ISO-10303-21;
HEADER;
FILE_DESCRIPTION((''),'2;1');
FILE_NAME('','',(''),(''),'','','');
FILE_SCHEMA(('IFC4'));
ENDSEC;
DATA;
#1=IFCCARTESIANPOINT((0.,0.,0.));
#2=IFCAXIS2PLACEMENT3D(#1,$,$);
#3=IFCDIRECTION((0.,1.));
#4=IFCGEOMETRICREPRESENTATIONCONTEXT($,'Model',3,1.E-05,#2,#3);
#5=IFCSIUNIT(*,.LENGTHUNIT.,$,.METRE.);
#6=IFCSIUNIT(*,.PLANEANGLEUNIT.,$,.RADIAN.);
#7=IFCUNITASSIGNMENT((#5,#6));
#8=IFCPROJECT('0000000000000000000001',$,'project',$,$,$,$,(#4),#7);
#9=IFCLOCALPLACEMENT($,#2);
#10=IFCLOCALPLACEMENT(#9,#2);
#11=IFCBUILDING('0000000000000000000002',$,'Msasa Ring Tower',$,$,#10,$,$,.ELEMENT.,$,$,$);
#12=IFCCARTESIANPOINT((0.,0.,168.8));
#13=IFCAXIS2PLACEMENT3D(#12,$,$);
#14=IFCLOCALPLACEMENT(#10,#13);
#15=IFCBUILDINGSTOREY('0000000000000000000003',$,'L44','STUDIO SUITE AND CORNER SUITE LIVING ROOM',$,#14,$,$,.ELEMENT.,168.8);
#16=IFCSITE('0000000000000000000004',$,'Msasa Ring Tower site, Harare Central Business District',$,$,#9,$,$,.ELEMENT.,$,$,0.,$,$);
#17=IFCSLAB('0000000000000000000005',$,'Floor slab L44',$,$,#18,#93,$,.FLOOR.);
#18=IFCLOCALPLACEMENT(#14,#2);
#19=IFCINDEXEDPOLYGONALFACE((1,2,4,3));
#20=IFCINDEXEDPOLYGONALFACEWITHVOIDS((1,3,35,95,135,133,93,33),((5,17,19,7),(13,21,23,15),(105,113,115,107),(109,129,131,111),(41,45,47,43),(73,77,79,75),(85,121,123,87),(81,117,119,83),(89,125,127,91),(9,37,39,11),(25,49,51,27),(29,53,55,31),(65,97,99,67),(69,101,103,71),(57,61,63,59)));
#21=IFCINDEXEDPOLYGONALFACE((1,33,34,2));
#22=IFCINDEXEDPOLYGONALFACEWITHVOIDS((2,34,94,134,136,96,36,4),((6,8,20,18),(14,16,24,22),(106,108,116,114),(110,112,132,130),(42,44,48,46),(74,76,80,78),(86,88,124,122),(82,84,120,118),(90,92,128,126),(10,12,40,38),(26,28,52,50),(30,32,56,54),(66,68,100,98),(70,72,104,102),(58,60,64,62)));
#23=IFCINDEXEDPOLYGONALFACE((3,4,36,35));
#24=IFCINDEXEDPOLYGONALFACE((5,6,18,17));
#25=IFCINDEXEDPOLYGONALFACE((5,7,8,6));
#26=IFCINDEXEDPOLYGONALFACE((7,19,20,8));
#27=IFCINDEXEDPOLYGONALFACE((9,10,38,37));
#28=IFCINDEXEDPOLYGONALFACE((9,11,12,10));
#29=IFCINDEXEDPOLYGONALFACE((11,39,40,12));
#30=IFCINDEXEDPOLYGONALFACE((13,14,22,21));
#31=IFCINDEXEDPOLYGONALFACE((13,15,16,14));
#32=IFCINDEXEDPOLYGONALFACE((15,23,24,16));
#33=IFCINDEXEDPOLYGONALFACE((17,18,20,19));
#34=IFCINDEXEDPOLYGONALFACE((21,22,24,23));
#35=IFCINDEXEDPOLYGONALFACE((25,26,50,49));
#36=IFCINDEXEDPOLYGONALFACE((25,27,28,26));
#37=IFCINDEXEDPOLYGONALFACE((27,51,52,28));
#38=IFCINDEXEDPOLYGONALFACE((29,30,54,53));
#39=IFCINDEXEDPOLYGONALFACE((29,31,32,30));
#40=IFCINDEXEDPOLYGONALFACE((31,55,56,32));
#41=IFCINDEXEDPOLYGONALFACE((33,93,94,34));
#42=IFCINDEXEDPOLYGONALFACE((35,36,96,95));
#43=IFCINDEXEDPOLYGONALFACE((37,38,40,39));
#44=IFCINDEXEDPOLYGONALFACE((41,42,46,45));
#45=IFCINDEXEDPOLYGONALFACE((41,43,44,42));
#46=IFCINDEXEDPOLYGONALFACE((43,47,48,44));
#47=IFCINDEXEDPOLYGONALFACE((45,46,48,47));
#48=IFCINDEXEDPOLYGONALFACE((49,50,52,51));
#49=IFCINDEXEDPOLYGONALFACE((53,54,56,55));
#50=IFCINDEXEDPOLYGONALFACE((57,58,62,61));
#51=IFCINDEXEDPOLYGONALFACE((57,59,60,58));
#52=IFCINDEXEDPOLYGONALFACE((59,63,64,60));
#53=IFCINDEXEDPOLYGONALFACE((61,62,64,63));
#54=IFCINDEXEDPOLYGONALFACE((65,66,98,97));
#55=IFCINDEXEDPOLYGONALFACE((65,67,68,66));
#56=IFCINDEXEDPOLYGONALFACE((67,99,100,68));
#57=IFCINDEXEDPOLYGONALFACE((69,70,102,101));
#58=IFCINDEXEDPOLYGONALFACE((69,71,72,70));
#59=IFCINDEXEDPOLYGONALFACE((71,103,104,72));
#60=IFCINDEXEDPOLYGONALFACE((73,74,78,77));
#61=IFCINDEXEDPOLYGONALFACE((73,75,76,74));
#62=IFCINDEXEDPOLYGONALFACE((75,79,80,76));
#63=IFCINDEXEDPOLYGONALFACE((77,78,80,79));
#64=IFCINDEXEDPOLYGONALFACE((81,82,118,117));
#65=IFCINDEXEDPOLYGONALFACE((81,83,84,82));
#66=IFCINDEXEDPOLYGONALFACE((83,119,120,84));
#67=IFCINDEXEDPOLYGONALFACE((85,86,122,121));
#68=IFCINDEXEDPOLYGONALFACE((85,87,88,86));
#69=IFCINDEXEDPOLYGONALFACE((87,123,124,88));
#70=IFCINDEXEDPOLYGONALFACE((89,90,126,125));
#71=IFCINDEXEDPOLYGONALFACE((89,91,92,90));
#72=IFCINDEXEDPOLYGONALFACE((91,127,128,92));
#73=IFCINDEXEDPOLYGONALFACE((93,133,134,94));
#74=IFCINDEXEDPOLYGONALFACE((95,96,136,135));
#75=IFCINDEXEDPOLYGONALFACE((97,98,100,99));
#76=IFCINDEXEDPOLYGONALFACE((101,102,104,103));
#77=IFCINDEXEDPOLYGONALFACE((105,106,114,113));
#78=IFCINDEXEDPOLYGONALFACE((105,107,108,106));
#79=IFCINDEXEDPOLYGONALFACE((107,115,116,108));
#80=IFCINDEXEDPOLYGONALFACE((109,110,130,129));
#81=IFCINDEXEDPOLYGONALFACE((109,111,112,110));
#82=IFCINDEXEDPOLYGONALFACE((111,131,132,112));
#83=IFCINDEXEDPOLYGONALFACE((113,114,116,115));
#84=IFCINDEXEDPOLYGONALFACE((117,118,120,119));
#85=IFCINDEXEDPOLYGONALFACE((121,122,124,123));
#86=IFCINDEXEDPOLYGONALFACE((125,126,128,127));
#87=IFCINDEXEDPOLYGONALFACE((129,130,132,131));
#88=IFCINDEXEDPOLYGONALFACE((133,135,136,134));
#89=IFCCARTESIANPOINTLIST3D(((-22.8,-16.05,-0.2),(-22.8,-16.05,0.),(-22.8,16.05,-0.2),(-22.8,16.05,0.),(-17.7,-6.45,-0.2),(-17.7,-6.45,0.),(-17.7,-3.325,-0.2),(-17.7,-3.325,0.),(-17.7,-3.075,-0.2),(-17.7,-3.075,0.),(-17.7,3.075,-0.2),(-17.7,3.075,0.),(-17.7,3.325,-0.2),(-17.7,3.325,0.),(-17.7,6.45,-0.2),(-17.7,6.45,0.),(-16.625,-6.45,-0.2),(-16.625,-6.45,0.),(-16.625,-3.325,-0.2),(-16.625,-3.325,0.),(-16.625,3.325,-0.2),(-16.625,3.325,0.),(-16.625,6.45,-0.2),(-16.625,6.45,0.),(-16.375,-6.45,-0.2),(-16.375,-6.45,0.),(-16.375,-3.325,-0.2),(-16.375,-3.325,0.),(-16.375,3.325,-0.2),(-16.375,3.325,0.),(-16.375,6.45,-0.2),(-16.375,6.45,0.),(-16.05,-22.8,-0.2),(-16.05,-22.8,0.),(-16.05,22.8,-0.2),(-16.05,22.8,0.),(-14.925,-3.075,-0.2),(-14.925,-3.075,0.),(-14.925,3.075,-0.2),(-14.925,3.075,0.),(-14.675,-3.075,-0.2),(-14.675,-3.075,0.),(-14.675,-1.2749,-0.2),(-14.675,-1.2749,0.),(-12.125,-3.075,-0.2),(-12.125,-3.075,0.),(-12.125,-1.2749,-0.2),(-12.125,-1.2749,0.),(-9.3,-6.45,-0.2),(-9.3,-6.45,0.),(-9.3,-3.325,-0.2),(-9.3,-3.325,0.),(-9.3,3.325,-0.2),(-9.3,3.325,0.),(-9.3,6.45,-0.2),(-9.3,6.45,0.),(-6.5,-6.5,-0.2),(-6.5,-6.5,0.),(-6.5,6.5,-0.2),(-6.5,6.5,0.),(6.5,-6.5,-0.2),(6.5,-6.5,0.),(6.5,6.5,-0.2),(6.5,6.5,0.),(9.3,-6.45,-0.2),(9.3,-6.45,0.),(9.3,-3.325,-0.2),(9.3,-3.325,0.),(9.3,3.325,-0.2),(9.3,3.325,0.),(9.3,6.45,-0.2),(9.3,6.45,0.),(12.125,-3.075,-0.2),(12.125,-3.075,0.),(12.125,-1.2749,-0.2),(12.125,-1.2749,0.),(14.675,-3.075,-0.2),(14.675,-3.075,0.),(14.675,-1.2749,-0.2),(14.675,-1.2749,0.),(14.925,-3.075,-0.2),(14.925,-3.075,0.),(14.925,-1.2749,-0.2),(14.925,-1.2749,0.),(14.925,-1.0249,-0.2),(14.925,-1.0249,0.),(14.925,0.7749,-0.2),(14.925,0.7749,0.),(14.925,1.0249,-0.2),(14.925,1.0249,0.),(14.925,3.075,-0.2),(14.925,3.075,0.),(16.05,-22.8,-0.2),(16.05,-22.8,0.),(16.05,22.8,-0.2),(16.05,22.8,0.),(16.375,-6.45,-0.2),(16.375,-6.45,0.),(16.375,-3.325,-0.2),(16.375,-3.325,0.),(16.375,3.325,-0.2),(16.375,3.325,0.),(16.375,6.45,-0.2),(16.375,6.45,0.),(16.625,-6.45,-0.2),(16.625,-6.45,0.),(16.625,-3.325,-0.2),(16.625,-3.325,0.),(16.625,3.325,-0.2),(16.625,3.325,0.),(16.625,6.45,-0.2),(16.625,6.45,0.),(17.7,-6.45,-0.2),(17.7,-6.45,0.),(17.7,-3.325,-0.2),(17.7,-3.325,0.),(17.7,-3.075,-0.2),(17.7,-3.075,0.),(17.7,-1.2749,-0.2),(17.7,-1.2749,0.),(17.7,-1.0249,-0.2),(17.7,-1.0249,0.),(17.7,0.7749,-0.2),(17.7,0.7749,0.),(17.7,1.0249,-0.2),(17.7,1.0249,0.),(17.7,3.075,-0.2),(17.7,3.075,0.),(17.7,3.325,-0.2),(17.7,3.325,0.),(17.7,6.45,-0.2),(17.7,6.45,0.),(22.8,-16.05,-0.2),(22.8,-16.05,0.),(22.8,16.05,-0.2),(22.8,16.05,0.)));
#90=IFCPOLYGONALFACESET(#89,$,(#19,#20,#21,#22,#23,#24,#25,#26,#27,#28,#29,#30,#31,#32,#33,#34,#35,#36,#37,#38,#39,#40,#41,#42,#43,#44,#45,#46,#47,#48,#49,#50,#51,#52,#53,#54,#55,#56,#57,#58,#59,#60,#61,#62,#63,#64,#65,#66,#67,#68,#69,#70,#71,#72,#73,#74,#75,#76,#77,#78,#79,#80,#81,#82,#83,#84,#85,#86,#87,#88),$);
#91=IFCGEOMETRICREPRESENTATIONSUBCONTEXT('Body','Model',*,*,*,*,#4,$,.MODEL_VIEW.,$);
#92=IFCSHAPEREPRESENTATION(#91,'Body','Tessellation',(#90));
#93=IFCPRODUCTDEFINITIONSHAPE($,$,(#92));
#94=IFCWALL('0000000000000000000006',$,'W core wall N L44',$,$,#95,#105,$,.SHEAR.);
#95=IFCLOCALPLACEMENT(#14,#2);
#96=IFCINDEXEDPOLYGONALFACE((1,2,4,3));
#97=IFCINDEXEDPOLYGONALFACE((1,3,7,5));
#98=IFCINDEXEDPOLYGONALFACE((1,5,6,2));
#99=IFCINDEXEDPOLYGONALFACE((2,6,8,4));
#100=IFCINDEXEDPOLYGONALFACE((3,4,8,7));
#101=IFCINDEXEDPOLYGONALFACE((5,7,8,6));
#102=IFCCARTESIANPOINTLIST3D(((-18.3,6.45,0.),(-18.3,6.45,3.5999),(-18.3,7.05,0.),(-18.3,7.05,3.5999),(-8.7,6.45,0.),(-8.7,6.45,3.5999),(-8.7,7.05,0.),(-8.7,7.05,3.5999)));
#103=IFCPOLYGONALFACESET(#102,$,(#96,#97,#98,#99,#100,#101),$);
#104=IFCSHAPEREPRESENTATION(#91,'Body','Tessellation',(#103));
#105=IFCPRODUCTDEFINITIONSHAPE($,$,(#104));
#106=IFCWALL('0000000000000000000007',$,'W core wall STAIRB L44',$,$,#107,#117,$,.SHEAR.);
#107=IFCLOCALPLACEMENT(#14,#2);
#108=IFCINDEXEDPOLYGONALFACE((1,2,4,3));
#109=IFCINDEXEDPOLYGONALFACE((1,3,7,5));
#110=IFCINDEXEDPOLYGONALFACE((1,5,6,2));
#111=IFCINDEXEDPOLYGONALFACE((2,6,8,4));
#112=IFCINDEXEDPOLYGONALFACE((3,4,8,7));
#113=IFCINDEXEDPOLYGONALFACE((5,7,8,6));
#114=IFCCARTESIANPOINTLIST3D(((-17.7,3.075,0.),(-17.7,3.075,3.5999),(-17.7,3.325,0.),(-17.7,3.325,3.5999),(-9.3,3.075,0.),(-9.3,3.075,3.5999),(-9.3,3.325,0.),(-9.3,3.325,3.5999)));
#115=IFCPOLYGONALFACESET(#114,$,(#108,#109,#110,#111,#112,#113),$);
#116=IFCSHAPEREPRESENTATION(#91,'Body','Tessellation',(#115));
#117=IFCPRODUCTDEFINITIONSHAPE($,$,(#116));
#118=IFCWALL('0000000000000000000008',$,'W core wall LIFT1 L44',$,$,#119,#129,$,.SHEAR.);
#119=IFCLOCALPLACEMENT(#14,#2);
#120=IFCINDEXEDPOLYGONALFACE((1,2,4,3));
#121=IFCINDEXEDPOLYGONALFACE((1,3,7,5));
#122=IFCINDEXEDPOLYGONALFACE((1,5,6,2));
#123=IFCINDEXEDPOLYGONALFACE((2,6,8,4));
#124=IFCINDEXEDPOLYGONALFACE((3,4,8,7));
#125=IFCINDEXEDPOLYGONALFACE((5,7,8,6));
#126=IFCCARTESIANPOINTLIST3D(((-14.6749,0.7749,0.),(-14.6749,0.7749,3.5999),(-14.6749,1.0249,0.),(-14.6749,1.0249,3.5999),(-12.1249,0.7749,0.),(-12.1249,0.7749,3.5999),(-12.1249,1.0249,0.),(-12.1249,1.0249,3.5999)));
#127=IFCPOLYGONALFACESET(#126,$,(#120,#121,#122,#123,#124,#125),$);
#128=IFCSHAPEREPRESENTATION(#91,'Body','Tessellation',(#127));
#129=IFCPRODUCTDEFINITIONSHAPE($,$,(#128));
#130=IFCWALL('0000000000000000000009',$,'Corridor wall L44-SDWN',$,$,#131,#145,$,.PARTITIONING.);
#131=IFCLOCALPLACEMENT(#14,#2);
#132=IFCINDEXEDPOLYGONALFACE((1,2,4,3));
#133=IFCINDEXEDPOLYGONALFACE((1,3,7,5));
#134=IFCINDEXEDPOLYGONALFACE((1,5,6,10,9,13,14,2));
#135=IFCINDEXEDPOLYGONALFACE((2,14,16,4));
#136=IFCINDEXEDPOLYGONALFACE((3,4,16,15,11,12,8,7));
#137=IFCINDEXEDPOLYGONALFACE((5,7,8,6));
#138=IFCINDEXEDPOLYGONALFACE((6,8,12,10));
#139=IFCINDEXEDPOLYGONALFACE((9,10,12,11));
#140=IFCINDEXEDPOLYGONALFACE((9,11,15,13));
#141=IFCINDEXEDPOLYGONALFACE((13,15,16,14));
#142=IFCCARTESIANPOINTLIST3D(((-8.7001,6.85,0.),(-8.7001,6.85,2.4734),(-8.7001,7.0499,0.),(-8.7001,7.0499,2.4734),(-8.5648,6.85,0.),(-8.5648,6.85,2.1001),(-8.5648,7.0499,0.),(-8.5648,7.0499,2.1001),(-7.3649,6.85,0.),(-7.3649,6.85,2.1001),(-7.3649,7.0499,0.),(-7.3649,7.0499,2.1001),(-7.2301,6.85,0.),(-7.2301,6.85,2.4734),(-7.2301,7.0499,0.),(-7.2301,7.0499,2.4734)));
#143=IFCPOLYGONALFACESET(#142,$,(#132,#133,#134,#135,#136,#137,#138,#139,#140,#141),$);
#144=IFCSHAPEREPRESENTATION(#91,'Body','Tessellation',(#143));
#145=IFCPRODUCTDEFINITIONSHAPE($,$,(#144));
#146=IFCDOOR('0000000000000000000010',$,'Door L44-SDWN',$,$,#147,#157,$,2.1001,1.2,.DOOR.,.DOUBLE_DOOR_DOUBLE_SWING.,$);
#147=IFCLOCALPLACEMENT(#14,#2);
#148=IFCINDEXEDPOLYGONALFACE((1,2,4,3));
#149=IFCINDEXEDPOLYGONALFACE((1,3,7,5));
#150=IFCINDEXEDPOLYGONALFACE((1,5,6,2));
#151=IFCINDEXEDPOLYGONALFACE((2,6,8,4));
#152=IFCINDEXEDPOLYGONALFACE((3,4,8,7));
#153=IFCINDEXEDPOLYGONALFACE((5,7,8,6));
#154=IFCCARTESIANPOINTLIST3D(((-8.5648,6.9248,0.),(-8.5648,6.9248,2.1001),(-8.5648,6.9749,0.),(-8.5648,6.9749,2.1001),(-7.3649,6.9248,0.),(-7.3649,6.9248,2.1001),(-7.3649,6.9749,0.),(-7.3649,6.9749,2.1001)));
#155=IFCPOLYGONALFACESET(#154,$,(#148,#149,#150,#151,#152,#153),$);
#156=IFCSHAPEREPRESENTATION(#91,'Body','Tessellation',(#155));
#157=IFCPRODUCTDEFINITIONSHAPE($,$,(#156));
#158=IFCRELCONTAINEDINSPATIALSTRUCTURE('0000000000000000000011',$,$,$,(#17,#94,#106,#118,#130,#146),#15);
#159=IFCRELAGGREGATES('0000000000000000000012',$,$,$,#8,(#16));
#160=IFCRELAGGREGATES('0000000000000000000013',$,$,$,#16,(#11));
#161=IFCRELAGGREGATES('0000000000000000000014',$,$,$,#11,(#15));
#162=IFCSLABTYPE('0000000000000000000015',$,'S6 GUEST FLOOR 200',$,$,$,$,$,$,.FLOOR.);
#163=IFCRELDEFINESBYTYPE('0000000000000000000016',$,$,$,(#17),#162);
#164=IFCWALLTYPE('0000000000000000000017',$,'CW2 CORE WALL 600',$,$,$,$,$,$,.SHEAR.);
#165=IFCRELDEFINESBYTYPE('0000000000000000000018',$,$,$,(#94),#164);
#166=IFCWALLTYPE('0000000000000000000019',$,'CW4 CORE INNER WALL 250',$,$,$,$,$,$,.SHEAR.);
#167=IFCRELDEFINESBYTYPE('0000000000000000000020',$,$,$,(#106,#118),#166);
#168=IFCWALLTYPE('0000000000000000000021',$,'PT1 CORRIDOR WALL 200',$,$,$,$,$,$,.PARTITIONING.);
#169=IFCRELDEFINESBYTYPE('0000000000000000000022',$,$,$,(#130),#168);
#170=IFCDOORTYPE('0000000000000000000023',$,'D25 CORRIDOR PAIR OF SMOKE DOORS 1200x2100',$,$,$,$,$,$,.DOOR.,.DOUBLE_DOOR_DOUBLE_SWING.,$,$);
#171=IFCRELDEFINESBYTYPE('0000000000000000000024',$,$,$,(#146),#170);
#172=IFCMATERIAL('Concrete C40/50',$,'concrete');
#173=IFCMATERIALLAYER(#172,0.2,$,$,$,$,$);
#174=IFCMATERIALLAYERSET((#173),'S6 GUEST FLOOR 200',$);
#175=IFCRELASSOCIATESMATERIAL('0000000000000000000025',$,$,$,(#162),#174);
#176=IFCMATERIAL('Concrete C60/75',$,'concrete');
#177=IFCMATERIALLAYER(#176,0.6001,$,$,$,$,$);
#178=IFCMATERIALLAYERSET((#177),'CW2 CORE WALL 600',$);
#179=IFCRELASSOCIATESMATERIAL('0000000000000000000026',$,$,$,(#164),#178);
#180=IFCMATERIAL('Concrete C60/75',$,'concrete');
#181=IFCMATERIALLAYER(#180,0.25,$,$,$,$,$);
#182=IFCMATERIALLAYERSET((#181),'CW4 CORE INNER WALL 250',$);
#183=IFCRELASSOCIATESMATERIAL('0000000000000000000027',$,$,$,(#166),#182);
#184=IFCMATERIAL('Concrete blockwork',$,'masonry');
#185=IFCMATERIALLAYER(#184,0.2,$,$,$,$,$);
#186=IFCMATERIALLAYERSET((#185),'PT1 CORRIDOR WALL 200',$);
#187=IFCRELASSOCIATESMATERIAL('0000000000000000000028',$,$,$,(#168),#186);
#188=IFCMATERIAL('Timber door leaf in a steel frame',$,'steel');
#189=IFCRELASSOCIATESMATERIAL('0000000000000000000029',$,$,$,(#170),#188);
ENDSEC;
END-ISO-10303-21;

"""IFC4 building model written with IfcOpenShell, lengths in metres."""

from ifc_helpers import new_model, si_unit, direction, frame, frame_2d, origin, place, context, subcontext, project, spatial, polyline, rectangle, outline, extrude, material, layer, layer_set, type_object, element, fill, save


model = new_model("IFC4")

# Units and contexts
model_context = context("Model", 3, precision=1e-05, world=origin(), true_north=direction((0.0, 1.0)))
body_context = subcontext(model_context, "Body", "Model", "MODEL_VIEW")
ifc_project = project(units=[si_unit("LENGTHUNIT", "METRE"), si_unit("PLANEANGLEUNIT", "RADIAN")], contexts=[model_context])

# Site, building, storey
site_placement = place(None, origin())
site = spatial("IfcSite", under=ifc_project, at=site_placement, Name="Msasa Ring Tower site, Harare Central Business District", CompositionType="ELEMENT", RefElevation=0.0)
building_placement = place(site_placement, origin())
building = spatial("IfcBuilding", under=site, at=building_placement, Name="Msasa Ring Tower", CompositionType="ELEMENT")
storey_placement = place(building_placement, frame((0.0, 0.0, 168.8)))
storey = spatial("IfcBuildingStorey", under=building, at=storey_placement, Name="L44", Description="STUDIO SUITE AND CORNER SUITE LIVING ROOM", CompositionType="ELEMENT", Elevation=168.8)

# Slab
ifc_material_1 = material(Name="Concrete C40/50", Category="concrete")
ifc_layer_1 = layer(ifc_material_1, 0.2)
ifc_layer_set_1 = layer_set([ifc_layer_1], Name="S6 GUEST FLOOR 200")
slab_type = type_object("IfcSlabType", Name="S6 GUEST FLOOR 200", PredefinedType="FLOOR", material=ifc_layer_set_1)
slab_placement = place(storey_placement, frame((0.0, 0.0, -0.2)))
element("IfcSlab", 1, at=slab_placement, inside=storey, type_object=slab_type, Name="Floor slab L44", PredefinedType="FLOOR", context=body_context, shape_type="SweptSolid", body=[
    extrude(outline(polyline([(-16.05, -22.8), (16.05, -22.8), (22.8, -16.05), (22.8, 16.05), (16.05, 22.8), (-16.05, 22.8), (-22.8, 16.05), (-22.8, -16.05), (-16.05, -22.8)]), holes=[polyline([(-6.5, -6.5), (6.5, -6.5), (6.5, 6.5), (-6.5, 6.5), (-6.5, -6.5)]), polyline([(9.3, -6.45), (16.375, -6.45), (16.375, -3.325), (9.3, -3.325), (9.3, -6.45)]), polyline([(9.3, 3.325), (16.375, 3.325), (16.375, 6.45), (9.3, 6.45), (9.3, 3.325)]), polyline([(12.125, -3.075), (14.675, -3.075), (14.675, -1.2749), (12.125, -1.2749), (12.125, -3.075)]), polyline([(16.625, -6.45), (17.7, -6.45), (17.7, -3.325), (16.625, -3.325), (16.625, -6.45)]), polyline([(16.625, 3.325), (17.7, 3.325), (17.7, 6.45), (16.625, 6.45), (16.625, 3.325)]), polyline([(14.925, -3.075), (17.7, -3.075), (17.7, -1.2749), (14.925, -1.2749), (14.925, -3.075)]), polyline([(14.925, -1.0249), (17.7, -1.0249), (17.7, 0.7749), (14.925, 0.7749), (14.925, -1.0249)]), polyline([(14.925, 1.0249), (17.7, 1.0249), (17.7, 3.075), (14.925, 3.075), (14.925, 1.0249)]), polyline([(-16.375, -6.45), (-9.3, -6.45), (-9.3, -3.325), (-16.375, -3.325), (-16.375, -6.45)]), polyline([(-16.375, 3.325), (-9.3, 3.325), (-9.3, 6.45), (-16.375, 6.45), (-16.375, 3.325)]), polyline([(-14.675, -3.075), (-12.125, -3.075), (-12.125, -1.2749), (-14.675, -1.2749), (-14.675, -3.075)]), polyline([(-17.7, -6.45), (-16.625, -6.45), (-16.625, -3.325), (-17.7, -3.325), (-17.7, -6.45)]), polyline([(-17.7, 3.325), (-16.625, 3.325), (-16.625, 6.45), (-17.7, 6.45), (-17.7, 3.325)]), polyline([(-17.7, -3.075), (-14.925, -3.075), (-14.925, 3.075), (-17.7, 3.075), (-17.7, -3.075)])]), origin(), (0.0, 0.0, 1.0), 0.2),
])

# Walls
ifc_material_2 = material(Name="Concrete C60/75", Category="concrete")
ifc_layer_2 = layer(ifc_material_2, 0.6001)
ifc_layer_set_2 = layer_set([ifc_layer_2], Name="CW2 CORE WALL 600")
wall_type_1 = type_object("IfcWallType", Name="CW2 CORE WALL 600", PredefinedType="SHEAR", material=ifc_layer_set_2)
wall_1_placement = place(storey_placement, frame((-8.7, 6.75, 0.0), z_axis=(0.0, 0.0, 1.0), x_axis=(-1.0, 0.0, 0.0)))
element("IfcWall", 2, at=wall_1_placement, inside=storey, type_object=wall_type_1, Name="W core wall N L44", PredefinedType="SHEAR", context=body_context, shape_type="SweptSolid", body=[
    extrude(rectangle(XDim=9.6001, YDim=0.6001, at=frame_2d((4.8, 0.0))), origin(), (0.0, 0.0, 1.0), 3.5999),
])
ifc_material_3 = material(Name="Concrete C60/75", Category="concrete")
ifc_layer_3 = layer(ifc_material_3, 0.25)
ifc_layer_set_3 = layer_set([ifc_layer_3], Name="CW4 CORE INNER WALL 250")
wall_type_2 = type_object("IfcWallType", Name="CW4 CORE INNER WALL 250", PredefinedType="SHEAR", material=ifc_layer_set_3)
wall_2_placement = place(storey_placement, frame((-9.3, 3.2, 0.0), z_axis=(0.0, 0.0, 1.0), x_axis=(-1.0, 0.0, 0.0)))
element("IfcWall", 3, at=wall_2_placement, inside=storey, type_object=wall_type_2, Name="W core wall STAIRB L44", PredefinedType="SHEAR", context=body_context, shape_type="SweptSolid", body=[
    extrude(rectangle(XDim=8.3999, YDim=0.25, at=frame_2d((4.2, 0.0))), origin(), (0.0, 0.0, 1.0), 3.5999),
])
wall_3_placement = place(storey_placement, frame((-12.125, 0.8999, 0.0), z_axis=(0.0, 0.0, 1.0), x_axis=(-1.0, 0.0, 0.0)))
element("IfcWall", 4, at=wall_3_placement, inside=storey, type_object=wall_type_2, Name="W core wall LIFT1 L44", PredefinedType="SHEAR", context=body_context, shape_type="SweptSolid", body=[
    extrude(rectangle(XDim=2.55, YDim=0.25, at=frame_2d((1.2749, 0.0))), origin(), (0.0, 0.0, 1.0), 3.5999),
])

# Wall, opening, door
ifc_material_4 = material(Name="Concrete blockwork", Category="masonry")
ifc_layer_4 = layer(ifc_material_4, 0.2)
ifc_layer_set_4 = layer_set([ifc_layer_4], Name="PT1 CORRIDOR WALL 200")
wall_type_3 = type_object("IfcWallType", Name="PT1 CORRIDOR WALL 200", PredefinedType="PARTITIONING", material=ifc_layer_set_4)
wall_4_placement = place(storey_placement, frame((-8.7, 6.95, 0.0), z_axis=(0.0, 0.0, 1.0), x_axis=(1.0, 0.0, 0.0)))
wall_4 = element("IfcWall", 5, at=wall_4_placement, inside=storey, type_object=wall_type_3, Name="Corridor wall L44-SDWN", PredefinedType="PARTITIONING", context=body_context, shape_type="SweptSolid", body=[
    extrude(rectangle(XDim=1.47, YDim=0.2, at=frame_2d((0.7349, 0.0))), origin(), (0.0, 0.0, 1.0), 2.4734),
])
opening_1_placement = place(wall_4_placement, frame((0.135, 0.0, 0.0)))
opening_1 = element("IfcOpeningElement", 6, at=opening_1_placement, cuts=wall_4, PredefinedType="OPENING", context=body_context, shape_type="SweptSolid", body=[
    extrude(rectangle(XDim=1.2, YDim=2.1001, at=frame_2d((0.6001, 1.05))), frame((0.0, 0.1099, 0.0), z_axis=(0.0, -1.0, 0.0), x_axis=(1.0, 0.0, 0.0)), (0.0, 0.0, 1.0), 0.22),
])
ifc_material_5 = material(Name="Timber door leaf in a steel frame", Category="steel")
door_type_1 = type_object("IfcDoorType", Name="D25 CORRIDOR PAIR OF SMOKE DOORS 1200x2100", OperationType="DOUBLE_DOOR_DOUBLE_SWING", PredefinedType="DOOR", material=ifc_material_5)
door_1_placement = place(opening_1_placement, origin())
door_1 = element("IfcDoor", 7, at=door_1_placement, inside=storey, type_object=door_type_1, Name="Door L44-SDWN", OperationType="DOUBLE_DOOR_DOUBLE_SWING", OverallHeight=2.1001, OverallWidth=1.2, PredefinedType="DOOR", context=body_context, shape_type="SweptSolid", body=[
    extrude(rectangle(XDim=1.2, YDim=2.1001, at=frame_2d((0.6001, 1.05))), frame((0.0, 0.0249, 0.0), z_axis=(0.0, -1.0, 0.0), x_axis=(1.0, 0.0, 0.0)), (0.0, 0.0, 1.0), 0.05),
])
fill(opening_1, door_1)

save(model, "model.ifc")
